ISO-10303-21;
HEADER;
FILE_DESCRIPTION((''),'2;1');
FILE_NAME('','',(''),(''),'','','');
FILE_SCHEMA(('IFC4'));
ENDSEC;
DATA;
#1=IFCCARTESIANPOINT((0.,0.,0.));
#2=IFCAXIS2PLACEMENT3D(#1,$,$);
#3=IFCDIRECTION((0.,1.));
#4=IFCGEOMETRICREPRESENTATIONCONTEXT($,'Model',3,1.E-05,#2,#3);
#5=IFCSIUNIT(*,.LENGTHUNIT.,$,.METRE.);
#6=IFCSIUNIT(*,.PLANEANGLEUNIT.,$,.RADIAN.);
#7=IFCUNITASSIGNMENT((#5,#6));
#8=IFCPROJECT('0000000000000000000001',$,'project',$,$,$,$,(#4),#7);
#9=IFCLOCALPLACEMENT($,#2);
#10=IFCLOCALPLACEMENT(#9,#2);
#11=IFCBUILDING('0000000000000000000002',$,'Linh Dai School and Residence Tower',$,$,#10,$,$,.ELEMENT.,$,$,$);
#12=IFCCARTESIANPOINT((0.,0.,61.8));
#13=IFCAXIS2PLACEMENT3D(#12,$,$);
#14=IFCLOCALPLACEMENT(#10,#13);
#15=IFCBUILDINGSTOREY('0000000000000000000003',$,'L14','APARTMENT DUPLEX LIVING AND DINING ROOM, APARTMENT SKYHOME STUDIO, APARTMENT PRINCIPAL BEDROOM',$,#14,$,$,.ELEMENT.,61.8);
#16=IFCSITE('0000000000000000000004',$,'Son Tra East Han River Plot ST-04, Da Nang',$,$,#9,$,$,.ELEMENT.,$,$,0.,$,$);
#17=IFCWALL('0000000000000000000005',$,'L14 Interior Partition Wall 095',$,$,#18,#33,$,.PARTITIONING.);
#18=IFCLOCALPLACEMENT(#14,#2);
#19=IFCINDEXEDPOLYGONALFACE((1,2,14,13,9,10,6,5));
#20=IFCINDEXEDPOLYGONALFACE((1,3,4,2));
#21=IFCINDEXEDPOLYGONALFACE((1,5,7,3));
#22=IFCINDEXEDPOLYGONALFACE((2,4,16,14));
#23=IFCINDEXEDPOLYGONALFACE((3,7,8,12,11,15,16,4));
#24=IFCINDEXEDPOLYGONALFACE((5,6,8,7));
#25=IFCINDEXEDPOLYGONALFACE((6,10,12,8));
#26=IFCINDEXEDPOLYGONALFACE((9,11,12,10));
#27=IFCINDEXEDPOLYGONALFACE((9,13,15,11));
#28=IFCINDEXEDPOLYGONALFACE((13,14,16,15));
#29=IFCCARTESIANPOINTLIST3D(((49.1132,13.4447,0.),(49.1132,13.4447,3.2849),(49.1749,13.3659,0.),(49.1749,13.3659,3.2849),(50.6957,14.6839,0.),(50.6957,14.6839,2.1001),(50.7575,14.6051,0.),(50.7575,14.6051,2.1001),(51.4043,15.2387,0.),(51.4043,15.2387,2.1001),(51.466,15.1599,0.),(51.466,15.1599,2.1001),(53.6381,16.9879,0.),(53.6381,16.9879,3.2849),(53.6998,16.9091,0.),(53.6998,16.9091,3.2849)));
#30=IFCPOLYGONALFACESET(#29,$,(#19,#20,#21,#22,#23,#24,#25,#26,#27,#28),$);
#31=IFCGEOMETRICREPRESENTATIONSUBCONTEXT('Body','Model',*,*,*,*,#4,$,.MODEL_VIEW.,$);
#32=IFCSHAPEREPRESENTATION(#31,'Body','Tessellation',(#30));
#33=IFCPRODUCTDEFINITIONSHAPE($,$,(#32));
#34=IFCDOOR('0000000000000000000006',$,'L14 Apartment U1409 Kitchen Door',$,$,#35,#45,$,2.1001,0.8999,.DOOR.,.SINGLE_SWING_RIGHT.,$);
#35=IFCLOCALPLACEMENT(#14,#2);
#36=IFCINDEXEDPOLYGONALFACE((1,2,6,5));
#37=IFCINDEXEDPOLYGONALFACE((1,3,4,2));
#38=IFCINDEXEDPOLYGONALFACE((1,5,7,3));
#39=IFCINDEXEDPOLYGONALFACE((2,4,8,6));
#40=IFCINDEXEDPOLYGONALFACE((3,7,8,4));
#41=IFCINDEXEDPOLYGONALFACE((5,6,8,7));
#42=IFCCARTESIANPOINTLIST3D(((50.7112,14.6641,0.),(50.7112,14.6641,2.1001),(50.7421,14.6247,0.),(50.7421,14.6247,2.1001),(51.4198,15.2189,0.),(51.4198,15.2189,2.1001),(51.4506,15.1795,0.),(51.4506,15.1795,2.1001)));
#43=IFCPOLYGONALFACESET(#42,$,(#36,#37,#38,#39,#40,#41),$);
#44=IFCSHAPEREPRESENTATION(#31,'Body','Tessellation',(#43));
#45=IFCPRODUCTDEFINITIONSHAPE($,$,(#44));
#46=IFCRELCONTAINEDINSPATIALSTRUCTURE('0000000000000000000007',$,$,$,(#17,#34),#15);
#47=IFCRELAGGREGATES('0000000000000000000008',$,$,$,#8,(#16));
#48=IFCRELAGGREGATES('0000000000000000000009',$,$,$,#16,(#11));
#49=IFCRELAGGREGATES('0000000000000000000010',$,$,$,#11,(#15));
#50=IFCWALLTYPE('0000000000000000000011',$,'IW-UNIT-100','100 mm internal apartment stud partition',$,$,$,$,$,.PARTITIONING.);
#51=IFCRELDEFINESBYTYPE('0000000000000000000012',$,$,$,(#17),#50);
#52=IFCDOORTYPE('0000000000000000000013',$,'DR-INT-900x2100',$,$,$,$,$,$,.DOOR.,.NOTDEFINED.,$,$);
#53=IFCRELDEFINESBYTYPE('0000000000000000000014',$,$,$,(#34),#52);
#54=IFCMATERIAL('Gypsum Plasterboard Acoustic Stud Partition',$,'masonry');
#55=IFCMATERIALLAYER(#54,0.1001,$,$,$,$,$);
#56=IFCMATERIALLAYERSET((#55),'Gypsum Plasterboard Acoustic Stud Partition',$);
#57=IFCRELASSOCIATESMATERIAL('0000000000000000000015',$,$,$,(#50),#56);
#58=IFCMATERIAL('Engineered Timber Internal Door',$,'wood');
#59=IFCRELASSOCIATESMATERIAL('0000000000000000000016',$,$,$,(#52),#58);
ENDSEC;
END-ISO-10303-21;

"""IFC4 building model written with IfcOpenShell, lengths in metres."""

from ifc_helpers import new_model, si_unit, direction, frame, frame_2d, origin, origin_2d, place, context, subcontext, project, spatial, rectangle, extrude, source, transform, mapped, material, layer, layer_set, type_object, element, fill, save


model = new_model("IFC4")

# Units and contexts
model_context = context("Model", 3, precision=1e-05, world=origin(), true_north=direction((0.0, 1.0)))
body_context = subcontext(model_context, "Body", "Model", "MODEL_VIEW")
ifc_project = project(units=[si_unit("LENGTHUNIT", "METRE"), si_unit("PLANEANGLEUNIT", "RADIAN")], contexts=[model_context])

# Site, building, storey
site_placement = place(None, origin())
site = spatial("IfcSite", under=ifc_project, at=site_placement, Name="Son Tra East Han River Plot ST-04, Da Nang", CompositionType="ELEMENT", RefElevation=0.0)
building_placement = place(site_placement, origin())
building = spatial("IfcBuilding", under=site, at=building_placement, Name="Linh Dai School and Residence Tower", CompositionType="ELEMENT")
storey_placement = place(building_placement, frame((0.0, 0.0, 61.8)))
storey = spatial("IfcBuildingStorey", under=building, at=storey_placement, Name="L14", Description="APARTMENT DUPLEX LIVING AND DINING ROOM, APARTMENT SKYHOME STUDIO, APARTMENT PRINCIPAL BEDROOM", CompositionType="ELEMENT", Elevation=61.8)

# Shared definitions
ifc_material_1 = material(Name="Gypsum Plasterboard Acoustic Stud Partition", Category="masonry")
ifc_layer_1 = layer(ifc_material_1, 0.1001)
ifc_layer_set_1 = layer_set([ifc_layer_1], Name="Gypsum Plasterboard Acoustic Stud Partition")
wall_type_1 = type_object("IfcWallType", Name="IW-UNIT-100", Description="100 mm internal apartment stud partition", PredefinedType="PARTITIONING", material=ifc_layer_set_1)

# Wall, opening, door
wall_1_placement = place(storey_placement, frame((49.144, 13.4053, 0.0), z_axis=(0.0, 0.0, 1.0), x_axis=(0.787337, 0.616522, 0.0)))
wall_1 = element("IfcWall", 1, at=wall_1_placement, inside=storey, type_object=wall_type_1, Name="L14 Interior Partition Wall 095", PredefinedType="PARTITIONING", context=body_context, shape_type="SweptSolid", body=[
    extrude(rectangle(XDim=5.7471, YDim=0.1001, at=frame_2d((2.8735, 0.0))), origin(), (0.0, 0.0, 1.0), 3.2849),
])
opening_1_placement = place(wall_1_placement, frame((2.01, 0.0, 0.0)))
opening_1 = element("IfcOpeningElement", 2, at=opening_1_placement, cuts=wall_1, PredefinedType="OPENING", context=body_context, shape_type="SweptSolid", body=[
    extrude(rectangle(XDim=0.8999, YDim=2.1001, at=origin_2d()), frame((0.45, 0.0601, 1.05), z_axis=(0.0, -1.0, 0.0), x_axis=(1.0, 0.0, 0.0)), (0.0, 0.0, 1.0), 0.1201),
])
ifc_material_2 = material(Name="Engineered Timber Internal Door", Category="wood")
door_type_1 = type_object("IfcDoorType", Name="DR-INT-900x2100", OperationType="NOTDEFINED", PredefinedType="DOOR", material=ifc_material_2)
shared_shape_1 = source(origin(), body_context, "Body", "SweptSolid", [
    extrude(rectangle(XDim=0.8999, YDim=2.1001, at=origin_2d()), frame((0.45, 0.0249, 1.05), z_axis=(0.0, -1.0, 0.0), x_axis=(1.0, 0.0, 0.0)), (0.0, 0.0, 1.0), 0.05),
])
door_1_placement = place(opening_1_placement, origin())
door_1 = element("IfcDoor", 3, at=door_1_placement, inside=storey, type_object=door_type_1, Name="L14 Apartment U1409 Kitchen Door", OperationType="SINGLE_SWING_RIGHT", OverallHeight=2.1001, OverallWidth=0.8999, PredefinedType="DOOR", context=body_context, shape_type="MappedRepresentation", body=[
    mapped(shared_shape_1, transform((0.0, 0.0, 0.0), x_axis=(1.0, 0.0, 0.0), y_axis=(0.0, 1.0, 0.0), z_axis=(0.0, 0.0, 1.0), scale=1.0)),
])
fill(opening_1, door_1)

save(model, "model.ifc")
